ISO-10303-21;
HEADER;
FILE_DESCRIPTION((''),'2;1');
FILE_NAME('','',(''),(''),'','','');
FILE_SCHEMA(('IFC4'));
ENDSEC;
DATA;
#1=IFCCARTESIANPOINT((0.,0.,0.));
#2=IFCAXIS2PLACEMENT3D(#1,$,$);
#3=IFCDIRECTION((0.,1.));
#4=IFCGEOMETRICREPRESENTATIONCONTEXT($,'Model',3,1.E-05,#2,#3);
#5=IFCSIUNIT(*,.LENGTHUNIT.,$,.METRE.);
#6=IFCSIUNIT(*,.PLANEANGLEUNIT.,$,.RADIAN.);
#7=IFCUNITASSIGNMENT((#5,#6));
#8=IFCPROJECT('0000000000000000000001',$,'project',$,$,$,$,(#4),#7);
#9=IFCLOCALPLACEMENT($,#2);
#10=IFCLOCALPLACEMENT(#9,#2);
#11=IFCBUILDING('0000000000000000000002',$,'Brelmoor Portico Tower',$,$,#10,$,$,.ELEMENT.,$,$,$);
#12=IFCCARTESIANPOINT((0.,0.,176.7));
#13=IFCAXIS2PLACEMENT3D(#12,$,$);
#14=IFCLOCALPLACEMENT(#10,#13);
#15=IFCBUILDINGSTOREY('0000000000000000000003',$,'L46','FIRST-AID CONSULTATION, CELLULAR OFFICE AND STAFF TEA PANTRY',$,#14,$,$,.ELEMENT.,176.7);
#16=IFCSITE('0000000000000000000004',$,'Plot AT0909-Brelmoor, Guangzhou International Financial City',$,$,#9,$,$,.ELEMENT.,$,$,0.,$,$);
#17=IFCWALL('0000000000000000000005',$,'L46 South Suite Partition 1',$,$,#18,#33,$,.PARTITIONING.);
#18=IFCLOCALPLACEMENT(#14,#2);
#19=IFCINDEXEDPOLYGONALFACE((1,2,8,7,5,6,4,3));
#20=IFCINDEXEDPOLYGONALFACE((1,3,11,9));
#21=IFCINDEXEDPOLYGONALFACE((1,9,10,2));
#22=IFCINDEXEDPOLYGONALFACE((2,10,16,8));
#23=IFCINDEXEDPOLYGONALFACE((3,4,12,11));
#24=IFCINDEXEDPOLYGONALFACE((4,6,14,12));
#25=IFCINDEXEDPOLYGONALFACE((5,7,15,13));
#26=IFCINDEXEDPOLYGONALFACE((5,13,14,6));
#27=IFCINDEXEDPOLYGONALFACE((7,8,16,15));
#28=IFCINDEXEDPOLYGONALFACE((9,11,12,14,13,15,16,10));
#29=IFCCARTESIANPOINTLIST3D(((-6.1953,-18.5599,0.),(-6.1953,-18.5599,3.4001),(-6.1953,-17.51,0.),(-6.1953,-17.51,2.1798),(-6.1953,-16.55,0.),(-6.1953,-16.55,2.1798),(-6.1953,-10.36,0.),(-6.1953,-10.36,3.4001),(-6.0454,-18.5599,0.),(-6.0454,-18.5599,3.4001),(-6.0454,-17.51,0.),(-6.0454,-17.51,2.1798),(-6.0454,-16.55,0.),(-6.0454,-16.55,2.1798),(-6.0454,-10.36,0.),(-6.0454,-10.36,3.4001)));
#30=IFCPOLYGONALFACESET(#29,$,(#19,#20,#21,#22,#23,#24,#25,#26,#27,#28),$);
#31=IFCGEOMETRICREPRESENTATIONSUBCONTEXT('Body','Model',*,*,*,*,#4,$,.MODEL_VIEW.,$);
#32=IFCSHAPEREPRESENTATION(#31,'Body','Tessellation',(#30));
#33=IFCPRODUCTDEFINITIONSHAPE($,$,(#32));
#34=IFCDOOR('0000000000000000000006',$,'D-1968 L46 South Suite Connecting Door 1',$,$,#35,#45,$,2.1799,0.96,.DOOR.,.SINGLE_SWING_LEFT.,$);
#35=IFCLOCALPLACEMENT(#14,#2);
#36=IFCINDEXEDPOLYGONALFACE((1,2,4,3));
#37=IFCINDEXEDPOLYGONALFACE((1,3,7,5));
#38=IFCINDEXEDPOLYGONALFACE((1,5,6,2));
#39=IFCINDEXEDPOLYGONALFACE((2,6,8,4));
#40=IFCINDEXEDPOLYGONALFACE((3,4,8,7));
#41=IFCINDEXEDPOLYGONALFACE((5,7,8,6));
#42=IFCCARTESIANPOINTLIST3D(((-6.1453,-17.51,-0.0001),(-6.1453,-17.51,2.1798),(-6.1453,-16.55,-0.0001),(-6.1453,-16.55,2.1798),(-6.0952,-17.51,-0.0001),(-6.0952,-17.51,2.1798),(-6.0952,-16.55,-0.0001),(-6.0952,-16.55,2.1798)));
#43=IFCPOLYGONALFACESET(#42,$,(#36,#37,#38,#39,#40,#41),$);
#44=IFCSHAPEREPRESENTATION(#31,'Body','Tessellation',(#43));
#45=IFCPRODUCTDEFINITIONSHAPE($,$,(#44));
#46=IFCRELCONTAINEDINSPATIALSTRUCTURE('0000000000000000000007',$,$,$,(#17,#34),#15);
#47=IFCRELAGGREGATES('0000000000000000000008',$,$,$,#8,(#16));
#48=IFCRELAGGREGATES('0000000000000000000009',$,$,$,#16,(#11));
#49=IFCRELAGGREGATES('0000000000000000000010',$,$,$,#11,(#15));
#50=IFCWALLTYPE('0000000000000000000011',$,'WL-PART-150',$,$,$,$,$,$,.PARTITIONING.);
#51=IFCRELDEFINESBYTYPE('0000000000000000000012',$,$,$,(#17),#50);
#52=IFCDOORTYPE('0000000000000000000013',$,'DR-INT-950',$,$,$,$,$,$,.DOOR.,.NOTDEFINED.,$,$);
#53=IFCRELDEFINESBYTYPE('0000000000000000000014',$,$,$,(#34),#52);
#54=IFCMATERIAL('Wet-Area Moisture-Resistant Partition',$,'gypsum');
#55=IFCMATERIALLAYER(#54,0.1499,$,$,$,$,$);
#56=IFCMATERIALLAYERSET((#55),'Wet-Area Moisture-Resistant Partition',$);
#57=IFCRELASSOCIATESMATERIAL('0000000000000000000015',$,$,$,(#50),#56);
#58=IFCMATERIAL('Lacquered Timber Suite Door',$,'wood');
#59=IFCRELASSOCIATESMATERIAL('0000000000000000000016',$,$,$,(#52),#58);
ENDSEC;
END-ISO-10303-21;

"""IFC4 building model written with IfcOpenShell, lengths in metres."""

from ifc_helpers import new_model, si_unit, direction, frame, frame_2d, origin, place, context, subcontext, project, spatial, rectangle, extrude, material, layer, layer_set, type_object, element, fill, save


model = new_model("IFC4")

# Units and contexts
model_context = context("Model", 3, precision=1e-05, world=origin(), true_north=direction((0.0, 1.0)))
body_context = subcontext(model_context, "Body", "Model", "MODEL_VIEW")
ifc_project = project(units=[si_unit("LENGTHUNIT", "METRE"), si_unit("PLANEANGLEUNIT", "RADIAN")], contexts=[model_context])

# Site, building, storey
site_placement = place(None, origin())
site = spatial("IfcSite", under=ifc_project, at=site_placement, Name="Plot AT0909-Brelmoor, Guangzhou International Financial City", CompositionType="ELEMENT", RefElevation=0.0)
building_placement = place(site_placement, origin())
building = spatial("IfcBuilding", under=site, at=building_placement, Name="Brelmoor Portico Tower", CompositionType="ELEMENT")
storey_placement = place(building_placement, frame((0.0, 0.0, 176.7)))
storey = spatial("IfcBuildingStorey", under=building, at=storey_placement, Name="L46", Description="FIRST-AID CONSULTATION, CELLULAR OFFICE AND STAFF TEA PANTRY", CompositionType="ELEMENT", Elevation=176.7)

# Wall, opening, door
ifc_material_1 = material(Name="Wet-Area Moisture-Resistant Partition", Category="gypsum")
ifc_layer_1 = layer(ifc_material_1, 0.1499)
ifc_layer_set_1 = layer_set([ifc_layer_1], Name="Wet-Area Moisture-Resistant Partition")
wall_type_1 = type_object("IfcWallType", Name="WL-PART-150", PredefinedType="PARTITIONING", material=ifc_layer_set_1)
wall_1_placement = place(storey_placement, frame((-6.1204, -18.5601, 0.0), z_axis=(0.0, 0.0, 1.0), x_axis=(0.0, 1.0, 0.0)))
wall_1 = element("IfcWall", 1, at=wall_1_placement, inside=storey, type_object=wall_type_1, Name="L46 South Suite Partition 1", PredefinedType="PARTITIONING", context=body_context, shape_type="SweptSolid", body=[
    extrude(rectangle(XDim=8.2, YDim=0.1499, at=frame_2d((4.1001, 0.0))), origin(), (0.0, 0.0, 1.0), 3.4001),
])
opening_1_placement = place(wall_1_placement, frame((1.05, 0.0, 0.0)))
opening_1 = element("IfcOpeningElement", 2, at=opening_1_placement, cuts=wall_1, PredefinedType="OPENING", context=body_context, shape_type="SweptSolid", body=[
    extrude(rectangle(XDim=0.96, YDim=2.1799, at=frame_2d((0.48, 1.0898))), frame((0.0, 0.085, 0.0), z_axis=(0.0, -1.0, 0.0), x_axis=(1.0, 0.0, 0.0)), (0.0, 0.0, 1.0), 0.1699),
])
ifc_material_2 = material(Name="Lacquered Timber Suite Door", Category="wood")
door_type_1 = type_object("IfcDoorType", Name="DR-INT-950", OperationType="NOTDEFINED", PredefinedType="DOOR", material=ifc_material_2)
door_1_placement = place(opening_1_placement, origin())
door_1 = element("IfcDoor", 3, at=door_1_placement, inside=storey, type_object=door_type_1, Name="D-1968 L46 South Suite Connecting Door 1", OperationType="SINGLE_SWING_LEFT", OverallHeight=2.1799, OverallWidth=0.96, PredefinedType="DOOR", context=body_context, shape_type="SweptSolid", body=[
    extrude(rectangle(XDim=0.96, YDim=2.1799, at=frame_2d((0.48, 1.0898))), frame((0.0, 0.0249, 0.0), z_axis=(0.0, -1.0, 0.0), x_axis=(1.0, 0.0, 0.0)), (0.0, 0.0, 1.0), 0.05),
])
fill(opening_1, door_1)

save(model, "model.ifc")
